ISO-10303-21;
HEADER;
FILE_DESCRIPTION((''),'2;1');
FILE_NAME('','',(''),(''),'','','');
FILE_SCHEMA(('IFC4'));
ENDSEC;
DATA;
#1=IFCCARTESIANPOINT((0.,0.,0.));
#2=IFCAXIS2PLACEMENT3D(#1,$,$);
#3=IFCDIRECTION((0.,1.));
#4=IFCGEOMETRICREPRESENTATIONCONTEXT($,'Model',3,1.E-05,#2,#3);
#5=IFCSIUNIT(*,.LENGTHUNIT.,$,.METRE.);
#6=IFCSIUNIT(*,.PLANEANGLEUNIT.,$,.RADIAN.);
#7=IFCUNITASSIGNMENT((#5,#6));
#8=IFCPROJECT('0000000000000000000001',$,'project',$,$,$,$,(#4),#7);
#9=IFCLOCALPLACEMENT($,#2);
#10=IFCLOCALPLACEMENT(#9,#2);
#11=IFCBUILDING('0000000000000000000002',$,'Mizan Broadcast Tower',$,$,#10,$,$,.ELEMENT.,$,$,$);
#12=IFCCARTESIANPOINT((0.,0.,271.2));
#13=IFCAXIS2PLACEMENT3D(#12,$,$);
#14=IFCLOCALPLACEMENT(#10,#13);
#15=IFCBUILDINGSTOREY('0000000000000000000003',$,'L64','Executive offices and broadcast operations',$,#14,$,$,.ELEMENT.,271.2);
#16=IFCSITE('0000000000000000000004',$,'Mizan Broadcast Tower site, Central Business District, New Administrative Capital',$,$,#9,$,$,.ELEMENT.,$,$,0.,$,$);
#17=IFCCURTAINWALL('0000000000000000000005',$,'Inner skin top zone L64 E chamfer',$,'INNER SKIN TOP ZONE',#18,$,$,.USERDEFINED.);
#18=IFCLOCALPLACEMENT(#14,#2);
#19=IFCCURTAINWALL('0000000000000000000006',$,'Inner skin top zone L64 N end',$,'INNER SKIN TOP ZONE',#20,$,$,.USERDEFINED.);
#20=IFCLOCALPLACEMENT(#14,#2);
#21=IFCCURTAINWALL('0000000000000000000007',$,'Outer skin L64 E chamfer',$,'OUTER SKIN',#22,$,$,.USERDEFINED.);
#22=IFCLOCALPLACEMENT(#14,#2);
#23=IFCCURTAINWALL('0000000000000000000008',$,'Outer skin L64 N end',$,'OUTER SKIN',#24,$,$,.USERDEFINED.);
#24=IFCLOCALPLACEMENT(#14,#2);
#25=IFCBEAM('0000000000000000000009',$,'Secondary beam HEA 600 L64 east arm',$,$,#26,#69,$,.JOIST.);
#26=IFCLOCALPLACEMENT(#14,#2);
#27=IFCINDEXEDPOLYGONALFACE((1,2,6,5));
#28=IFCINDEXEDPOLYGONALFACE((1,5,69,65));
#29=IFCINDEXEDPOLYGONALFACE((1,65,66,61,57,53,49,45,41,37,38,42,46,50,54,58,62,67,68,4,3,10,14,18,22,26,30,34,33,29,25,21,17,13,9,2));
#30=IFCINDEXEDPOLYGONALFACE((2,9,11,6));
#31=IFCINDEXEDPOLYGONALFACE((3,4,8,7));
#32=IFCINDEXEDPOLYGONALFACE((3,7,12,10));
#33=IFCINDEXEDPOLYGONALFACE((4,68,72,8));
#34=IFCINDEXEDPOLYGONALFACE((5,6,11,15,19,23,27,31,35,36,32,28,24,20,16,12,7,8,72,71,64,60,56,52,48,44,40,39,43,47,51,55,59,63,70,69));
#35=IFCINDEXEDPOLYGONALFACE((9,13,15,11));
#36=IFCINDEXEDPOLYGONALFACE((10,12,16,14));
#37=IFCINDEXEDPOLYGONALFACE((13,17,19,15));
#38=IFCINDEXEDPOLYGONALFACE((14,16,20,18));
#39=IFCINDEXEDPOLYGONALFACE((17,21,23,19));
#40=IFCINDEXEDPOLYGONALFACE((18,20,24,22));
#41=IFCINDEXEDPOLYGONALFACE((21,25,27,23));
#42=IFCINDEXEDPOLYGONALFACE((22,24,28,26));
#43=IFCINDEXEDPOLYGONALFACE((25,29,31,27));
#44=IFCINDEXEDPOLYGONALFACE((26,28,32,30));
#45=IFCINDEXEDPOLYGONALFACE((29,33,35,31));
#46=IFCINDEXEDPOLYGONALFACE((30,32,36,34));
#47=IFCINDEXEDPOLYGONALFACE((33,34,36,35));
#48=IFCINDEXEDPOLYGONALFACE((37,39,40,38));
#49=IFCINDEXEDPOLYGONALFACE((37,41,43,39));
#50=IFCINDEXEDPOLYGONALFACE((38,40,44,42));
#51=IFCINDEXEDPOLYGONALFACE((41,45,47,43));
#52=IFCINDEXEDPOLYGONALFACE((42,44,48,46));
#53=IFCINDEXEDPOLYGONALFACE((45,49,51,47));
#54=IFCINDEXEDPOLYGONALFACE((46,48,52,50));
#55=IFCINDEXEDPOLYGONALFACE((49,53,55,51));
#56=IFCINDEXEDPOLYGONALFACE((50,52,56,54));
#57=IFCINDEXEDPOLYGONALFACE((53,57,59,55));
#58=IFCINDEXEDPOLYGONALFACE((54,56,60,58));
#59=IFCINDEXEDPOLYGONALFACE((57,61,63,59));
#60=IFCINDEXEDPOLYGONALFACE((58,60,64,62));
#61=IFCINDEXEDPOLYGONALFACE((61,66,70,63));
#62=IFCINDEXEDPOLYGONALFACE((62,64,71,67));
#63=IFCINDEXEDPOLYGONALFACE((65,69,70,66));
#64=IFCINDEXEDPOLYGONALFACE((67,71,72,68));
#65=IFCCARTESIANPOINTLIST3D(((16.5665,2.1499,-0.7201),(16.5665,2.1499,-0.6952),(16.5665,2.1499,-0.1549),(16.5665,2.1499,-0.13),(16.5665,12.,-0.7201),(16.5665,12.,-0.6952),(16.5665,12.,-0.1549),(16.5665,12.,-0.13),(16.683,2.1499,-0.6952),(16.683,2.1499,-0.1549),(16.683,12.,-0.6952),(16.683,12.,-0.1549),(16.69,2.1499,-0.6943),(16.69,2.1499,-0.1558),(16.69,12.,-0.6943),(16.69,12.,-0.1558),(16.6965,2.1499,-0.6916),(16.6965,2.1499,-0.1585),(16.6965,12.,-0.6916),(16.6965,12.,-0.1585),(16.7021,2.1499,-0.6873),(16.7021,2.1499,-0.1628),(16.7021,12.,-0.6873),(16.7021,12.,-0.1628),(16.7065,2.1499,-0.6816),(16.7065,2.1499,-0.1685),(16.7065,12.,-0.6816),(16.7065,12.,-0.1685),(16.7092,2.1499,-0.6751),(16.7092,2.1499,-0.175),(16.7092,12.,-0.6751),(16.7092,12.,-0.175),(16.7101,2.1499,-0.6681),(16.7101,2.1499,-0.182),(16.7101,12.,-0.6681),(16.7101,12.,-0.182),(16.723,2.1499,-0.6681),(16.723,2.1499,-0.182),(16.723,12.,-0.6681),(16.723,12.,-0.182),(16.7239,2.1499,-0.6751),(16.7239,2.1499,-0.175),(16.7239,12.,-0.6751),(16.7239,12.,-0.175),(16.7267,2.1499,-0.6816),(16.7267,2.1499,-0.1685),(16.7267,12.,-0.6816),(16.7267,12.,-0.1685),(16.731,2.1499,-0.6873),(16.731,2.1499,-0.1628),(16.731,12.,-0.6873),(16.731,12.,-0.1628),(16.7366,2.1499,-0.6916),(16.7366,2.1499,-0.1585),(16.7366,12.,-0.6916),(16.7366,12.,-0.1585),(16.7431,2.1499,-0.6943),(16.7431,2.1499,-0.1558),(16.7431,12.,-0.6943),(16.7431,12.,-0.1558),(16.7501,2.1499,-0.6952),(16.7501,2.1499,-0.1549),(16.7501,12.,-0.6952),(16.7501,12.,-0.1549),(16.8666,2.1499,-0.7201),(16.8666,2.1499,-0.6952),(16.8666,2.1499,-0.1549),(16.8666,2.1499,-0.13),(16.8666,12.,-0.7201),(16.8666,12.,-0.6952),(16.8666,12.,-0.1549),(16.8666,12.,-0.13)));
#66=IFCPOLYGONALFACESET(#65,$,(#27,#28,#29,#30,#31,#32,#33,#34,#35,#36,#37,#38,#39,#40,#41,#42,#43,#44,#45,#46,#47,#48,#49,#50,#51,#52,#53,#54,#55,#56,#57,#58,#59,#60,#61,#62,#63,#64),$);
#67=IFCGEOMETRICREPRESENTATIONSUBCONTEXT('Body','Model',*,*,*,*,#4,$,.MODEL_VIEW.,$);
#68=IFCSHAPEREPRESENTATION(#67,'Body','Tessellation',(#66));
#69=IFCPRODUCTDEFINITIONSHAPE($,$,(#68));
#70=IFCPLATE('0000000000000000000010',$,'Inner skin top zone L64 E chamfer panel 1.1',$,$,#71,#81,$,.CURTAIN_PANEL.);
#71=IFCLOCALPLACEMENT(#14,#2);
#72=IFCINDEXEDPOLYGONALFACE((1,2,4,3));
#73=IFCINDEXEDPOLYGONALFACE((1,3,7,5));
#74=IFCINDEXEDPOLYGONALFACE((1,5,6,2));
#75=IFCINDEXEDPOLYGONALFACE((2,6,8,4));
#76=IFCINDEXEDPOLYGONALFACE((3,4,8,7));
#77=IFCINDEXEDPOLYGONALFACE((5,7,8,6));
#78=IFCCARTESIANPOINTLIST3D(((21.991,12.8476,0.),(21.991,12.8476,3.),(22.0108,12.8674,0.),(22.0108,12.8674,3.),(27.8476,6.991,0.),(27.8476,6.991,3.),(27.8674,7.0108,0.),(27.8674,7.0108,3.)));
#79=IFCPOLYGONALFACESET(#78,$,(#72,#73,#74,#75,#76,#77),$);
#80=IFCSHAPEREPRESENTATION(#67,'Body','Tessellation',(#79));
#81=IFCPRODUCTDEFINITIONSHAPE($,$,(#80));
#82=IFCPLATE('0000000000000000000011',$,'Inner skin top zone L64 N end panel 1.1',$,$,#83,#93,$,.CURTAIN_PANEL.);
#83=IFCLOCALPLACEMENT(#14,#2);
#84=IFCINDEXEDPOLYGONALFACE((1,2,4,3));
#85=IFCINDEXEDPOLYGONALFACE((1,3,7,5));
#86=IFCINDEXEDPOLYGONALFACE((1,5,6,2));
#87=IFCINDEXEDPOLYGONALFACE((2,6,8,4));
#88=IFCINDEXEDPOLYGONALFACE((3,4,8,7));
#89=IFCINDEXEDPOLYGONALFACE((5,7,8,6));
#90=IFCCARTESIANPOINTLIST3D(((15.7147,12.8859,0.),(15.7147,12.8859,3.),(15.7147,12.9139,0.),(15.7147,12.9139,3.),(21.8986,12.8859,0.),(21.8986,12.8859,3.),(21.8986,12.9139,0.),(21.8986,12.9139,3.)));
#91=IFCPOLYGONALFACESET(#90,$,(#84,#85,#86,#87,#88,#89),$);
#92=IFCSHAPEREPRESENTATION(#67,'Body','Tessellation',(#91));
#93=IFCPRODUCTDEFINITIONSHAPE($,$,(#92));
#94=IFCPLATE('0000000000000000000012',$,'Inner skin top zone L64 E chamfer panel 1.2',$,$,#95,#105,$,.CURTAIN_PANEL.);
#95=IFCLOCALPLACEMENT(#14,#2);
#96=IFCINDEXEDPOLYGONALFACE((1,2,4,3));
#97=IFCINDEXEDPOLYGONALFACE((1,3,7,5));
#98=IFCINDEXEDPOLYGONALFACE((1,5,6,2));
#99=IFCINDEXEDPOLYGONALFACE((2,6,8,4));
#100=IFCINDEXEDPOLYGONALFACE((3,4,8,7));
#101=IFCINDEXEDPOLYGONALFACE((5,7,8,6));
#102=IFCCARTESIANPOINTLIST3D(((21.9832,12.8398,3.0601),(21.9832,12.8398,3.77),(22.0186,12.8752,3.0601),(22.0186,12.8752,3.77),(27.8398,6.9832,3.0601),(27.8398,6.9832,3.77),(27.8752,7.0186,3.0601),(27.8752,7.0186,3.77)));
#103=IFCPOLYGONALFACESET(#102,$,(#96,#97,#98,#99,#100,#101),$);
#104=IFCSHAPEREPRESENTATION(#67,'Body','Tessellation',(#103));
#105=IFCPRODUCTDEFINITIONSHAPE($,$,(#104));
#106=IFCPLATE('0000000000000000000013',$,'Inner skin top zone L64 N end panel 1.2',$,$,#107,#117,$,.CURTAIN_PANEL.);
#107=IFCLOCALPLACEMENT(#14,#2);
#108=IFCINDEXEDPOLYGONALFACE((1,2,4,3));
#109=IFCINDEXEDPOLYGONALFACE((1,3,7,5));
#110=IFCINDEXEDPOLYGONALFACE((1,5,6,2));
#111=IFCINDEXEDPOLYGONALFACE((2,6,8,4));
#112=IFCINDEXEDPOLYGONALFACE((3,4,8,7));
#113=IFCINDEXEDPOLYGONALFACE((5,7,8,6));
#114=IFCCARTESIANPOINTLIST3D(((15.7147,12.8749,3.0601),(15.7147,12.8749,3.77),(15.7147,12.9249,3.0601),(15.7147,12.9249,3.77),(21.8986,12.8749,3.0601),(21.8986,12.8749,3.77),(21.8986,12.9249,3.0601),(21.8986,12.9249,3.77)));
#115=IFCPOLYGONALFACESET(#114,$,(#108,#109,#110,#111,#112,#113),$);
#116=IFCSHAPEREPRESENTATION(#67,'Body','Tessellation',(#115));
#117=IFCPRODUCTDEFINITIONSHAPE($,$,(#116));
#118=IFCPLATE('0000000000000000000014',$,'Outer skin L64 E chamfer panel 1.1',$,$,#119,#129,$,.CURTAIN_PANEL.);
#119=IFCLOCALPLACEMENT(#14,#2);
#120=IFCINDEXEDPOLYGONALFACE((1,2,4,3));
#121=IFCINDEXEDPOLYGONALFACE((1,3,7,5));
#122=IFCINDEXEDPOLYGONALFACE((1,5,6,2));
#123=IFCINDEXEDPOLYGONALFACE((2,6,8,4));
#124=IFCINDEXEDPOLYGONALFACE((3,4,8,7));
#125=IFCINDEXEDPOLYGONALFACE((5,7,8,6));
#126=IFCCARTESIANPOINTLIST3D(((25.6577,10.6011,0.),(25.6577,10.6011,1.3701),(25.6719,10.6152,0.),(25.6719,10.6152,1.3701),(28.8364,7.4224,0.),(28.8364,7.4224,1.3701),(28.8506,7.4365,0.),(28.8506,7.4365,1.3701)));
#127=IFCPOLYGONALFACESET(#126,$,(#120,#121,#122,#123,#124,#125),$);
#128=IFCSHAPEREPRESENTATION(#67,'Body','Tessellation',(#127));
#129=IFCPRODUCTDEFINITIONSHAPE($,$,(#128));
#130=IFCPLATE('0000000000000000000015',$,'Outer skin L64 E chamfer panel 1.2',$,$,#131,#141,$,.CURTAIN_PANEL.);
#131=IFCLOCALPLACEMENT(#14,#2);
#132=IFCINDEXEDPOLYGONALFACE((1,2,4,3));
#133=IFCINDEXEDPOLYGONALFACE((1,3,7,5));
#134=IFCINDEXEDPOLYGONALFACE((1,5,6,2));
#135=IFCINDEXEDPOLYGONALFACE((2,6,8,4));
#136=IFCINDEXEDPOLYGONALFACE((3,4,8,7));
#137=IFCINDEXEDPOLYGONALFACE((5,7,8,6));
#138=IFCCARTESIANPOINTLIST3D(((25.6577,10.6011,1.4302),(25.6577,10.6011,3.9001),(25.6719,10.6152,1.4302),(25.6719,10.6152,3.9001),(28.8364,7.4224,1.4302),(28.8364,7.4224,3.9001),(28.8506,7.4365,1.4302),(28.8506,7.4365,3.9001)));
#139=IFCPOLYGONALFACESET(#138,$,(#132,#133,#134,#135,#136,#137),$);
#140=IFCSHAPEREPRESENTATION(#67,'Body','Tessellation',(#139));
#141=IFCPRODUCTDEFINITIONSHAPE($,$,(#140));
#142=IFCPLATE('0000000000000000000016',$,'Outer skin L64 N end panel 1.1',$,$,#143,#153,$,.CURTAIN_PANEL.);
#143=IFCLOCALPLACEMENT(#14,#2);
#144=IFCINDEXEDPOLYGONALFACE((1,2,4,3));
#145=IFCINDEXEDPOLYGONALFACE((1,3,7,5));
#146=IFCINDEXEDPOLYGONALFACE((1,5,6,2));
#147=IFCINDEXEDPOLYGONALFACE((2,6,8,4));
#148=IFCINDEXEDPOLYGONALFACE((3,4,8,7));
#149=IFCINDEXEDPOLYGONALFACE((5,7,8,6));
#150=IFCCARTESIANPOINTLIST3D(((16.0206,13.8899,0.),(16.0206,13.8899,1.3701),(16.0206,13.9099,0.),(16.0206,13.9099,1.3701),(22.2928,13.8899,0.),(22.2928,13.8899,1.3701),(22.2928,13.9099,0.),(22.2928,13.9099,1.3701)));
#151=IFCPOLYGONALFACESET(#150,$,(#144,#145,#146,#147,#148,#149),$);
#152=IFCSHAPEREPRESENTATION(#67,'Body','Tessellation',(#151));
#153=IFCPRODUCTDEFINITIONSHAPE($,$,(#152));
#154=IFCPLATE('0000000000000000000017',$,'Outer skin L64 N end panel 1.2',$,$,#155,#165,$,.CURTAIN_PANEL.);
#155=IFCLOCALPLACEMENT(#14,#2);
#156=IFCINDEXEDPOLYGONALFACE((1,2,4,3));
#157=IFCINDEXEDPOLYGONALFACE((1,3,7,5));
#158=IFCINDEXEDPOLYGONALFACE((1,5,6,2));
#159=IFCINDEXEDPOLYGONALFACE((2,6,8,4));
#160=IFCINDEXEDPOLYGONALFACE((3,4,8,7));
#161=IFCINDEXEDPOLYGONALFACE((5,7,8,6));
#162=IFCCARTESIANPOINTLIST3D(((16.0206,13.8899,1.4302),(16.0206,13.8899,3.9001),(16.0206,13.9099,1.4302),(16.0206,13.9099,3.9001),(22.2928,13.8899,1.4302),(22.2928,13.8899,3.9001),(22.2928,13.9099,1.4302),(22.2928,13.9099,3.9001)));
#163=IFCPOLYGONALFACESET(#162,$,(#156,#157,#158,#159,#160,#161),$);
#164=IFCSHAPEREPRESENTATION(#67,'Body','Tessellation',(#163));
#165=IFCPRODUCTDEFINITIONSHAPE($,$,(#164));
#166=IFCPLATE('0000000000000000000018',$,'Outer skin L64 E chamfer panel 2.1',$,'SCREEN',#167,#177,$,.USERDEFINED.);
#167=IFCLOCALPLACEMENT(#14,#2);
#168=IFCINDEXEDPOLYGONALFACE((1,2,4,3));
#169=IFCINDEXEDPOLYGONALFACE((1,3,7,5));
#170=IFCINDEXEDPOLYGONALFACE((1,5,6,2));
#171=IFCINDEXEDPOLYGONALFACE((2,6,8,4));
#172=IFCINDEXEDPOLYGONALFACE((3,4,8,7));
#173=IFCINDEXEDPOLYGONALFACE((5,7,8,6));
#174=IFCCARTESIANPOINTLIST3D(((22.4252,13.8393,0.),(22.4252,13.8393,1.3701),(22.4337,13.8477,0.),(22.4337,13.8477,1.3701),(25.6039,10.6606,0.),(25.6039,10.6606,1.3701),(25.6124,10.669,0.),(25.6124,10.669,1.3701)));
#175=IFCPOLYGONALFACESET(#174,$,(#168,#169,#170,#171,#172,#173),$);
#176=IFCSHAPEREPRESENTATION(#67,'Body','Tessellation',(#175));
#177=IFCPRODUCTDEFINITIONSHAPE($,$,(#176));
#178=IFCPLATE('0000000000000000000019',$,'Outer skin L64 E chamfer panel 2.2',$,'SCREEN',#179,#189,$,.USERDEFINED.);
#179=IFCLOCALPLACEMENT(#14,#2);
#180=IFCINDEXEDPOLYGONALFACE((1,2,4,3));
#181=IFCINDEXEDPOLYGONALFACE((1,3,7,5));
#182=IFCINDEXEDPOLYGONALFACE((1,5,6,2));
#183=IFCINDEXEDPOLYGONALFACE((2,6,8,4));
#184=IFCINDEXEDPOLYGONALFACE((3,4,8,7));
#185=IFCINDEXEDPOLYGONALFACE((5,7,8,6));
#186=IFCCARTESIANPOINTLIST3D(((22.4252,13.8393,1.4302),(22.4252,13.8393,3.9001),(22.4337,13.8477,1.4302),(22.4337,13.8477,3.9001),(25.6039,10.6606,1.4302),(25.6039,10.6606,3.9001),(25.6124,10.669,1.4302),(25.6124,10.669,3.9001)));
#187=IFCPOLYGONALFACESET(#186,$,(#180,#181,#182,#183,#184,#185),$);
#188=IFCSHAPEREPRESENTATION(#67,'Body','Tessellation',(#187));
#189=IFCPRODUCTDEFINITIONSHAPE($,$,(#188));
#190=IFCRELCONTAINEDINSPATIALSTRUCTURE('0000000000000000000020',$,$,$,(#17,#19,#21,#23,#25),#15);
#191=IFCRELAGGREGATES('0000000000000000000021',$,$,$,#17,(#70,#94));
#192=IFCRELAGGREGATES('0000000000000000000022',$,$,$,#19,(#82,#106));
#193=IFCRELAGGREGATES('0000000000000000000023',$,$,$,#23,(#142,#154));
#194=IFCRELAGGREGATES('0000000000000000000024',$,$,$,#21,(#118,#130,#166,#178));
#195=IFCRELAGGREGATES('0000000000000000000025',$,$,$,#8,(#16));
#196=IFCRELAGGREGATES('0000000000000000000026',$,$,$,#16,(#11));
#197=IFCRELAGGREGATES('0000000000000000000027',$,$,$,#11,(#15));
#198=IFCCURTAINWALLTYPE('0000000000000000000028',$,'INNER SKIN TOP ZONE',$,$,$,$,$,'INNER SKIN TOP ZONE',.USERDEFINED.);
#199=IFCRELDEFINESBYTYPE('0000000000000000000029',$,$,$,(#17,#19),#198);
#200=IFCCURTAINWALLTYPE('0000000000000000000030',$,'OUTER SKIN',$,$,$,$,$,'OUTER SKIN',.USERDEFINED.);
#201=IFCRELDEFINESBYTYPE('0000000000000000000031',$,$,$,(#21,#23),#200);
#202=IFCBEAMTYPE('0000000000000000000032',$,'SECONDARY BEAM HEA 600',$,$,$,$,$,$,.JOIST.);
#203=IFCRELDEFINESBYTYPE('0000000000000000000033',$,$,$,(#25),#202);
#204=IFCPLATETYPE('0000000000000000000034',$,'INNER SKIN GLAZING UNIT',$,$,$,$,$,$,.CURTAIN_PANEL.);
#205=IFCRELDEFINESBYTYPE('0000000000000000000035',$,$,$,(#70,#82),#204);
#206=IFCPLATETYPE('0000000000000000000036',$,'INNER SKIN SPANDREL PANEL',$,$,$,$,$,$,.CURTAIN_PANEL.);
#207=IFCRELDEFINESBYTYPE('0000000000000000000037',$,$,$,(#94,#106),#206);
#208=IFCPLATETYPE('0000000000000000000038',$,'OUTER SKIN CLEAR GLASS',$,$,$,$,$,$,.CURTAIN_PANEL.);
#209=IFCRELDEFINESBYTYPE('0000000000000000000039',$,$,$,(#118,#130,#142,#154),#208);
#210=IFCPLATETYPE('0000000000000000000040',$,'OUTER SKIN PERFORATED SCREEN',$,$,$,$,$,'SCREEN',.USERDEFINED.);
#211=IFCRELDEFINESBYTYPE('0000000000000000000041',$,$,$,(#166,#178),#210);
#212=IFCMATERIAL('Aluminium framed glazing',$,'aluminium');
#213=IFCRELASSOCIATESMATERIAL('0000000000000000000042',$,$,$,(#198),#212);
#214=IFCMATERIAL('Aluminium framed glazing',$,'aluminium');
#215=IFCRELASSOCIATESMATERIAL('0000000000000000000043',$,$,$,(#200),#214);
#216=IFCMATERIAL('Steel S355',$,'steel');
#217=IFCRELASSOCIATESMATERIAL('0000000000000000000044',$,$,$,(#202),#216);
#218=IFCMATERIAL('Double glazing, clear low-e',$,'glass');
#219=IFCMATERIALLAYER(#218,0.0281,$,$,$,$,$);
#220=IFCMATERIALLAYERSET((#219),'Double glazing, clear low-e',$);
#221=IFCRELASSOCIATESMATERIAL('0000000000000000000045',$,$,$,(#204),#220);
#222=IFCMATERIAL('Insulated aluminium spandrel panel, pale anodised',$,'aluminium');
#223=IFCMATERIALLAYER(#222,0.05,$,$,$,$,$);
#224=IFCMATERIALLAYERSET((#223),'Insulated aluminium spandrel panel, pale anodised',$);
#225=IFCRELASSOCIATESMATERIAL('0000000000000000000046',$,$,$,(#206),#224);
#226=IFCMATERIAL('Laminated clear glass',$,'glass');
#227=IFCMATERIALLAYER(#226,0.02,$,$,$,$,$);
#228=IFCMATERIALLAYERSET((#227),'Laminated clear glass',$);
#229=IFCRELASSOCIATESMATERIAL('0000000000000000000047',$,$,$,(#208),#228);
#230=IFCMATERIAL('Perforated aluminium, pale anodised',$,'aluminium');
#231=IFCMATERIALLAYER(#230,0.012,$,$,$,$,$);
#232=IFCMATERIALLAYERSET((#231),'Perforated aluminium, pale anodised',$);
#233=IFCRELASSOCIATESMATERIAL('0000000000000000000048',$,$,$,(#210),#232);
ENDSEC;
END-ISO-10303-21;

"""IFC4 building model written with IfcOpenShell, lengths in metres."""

from ifc_helpers import new_model, si_unit, direction, frame, origin, origin_2d, place, context, subcontext, project, spatial, rectangle, i_section, extrude, material, layer, layer_set, material_profile, profile_set, type_object, element, aggregate, save


model = new_model("IFC4")

# Units and contexts
model_context = context("Model", 3, precision=1e-05, world=origin(), true_north=direction((0.0, 1.0)))
body_context = subcontext(model_context, "Body", "Model", "MODEL_VIEW")
ifc_project = project(units=[si_unit("LENGTHUNIT", "METRE"), si_unit("PLANEANGLEUNIT", "RADIAN")], contexts=[model_context])

# Site, building, storey
site_placement = place(None, origin())
site = spatial("IfcSite", under=ifc_project, at=site_placement, Name="Mizan Broadcast Tower site, Central Business District, New Administrative Capital", CompositionType="ELEMENT", RefElevation=0.0)
building_placement = place(site_placement, origin())
building = spatial("IfcBuilding", under=site, at=building_placement, Name="Mizan Broadcast Tower", CompositionType="ELEMENT")
storey_placement = place(building_placement, frame((0.0, 0.0, 271.2)))
storey = spatial("IfcBuildingStorey", under=building, at=storey_placement, Name="L64", Description="Executive offices and broadcast operations", CompositionType="ELEMENT", Elevation=271.2)

# Curtain wall
ifc_material_1 = material(Name="Aluminium framed glazing", Category="aluminium")
curtain_wall_type_1 = type_object("IfcCurtainWallType", Name="INNER SKIN TOP ZONE", ElementType="INNER SKIN TOP ZONE", PredefinedType="USERDEFINED", material=ifc_material_1)
curtain_wall_1_placement = place(storey_placement, origin())
curtain_wall_1 = element("IfcCurtainWall", 1, at=curtain_wall_1_placement, inside=storey, type_object=curtain_wall_type_1, Name="Inner skin top zone L64 E chamfer", ObjectType="INNER SKIN TOP ZONE", PredefinedType="USERDEFINED")

# Curtain walls
curtain_wall_2_placement = place(storey_placement, origin())
curtain_wall_2 = element("IfcCurtainWall", 2, at=curtain_wall_2_placement, inside=storey, type_object=curtain_wall_type_1, Name="Inner skin top zone L64 N end", ObjectType="INNER SKIN TOP ZONE", PredefinedType="USERDEFINED")
ifc_material_2 = material(Name="Aluminium framed glazing", Category="aluminium")
curtain_wall_type_2 = type_object("IfcCurtainWallType", Name="OUTER SKIN", ElementType="OUTER SKIN", PredefinedType="USERDEFINED", material=ifc_material_2)
curtain_wall_3_placement = place(storey_placement, origin())
curtain_wall_3 = element("IfcCurtainWall", 3, at=curtain_wall_3_placement, inside=storey, type_object=curtain_wall_type_2, Name="Outer skin L64 E chamfer", ObjectType="OUTER SKIN", PredefinedType="USERDEFINED")

# Curtain wall
curtain_wall_4_placement = place(storey_placement, origin())
curtain_wall_4 = element("IfcCurtainWall", 4, at=curtain_wall_4_placement, inside=storey, type_object=curtain_wall_type_2, Name="Outer skin L64 N end", ObjectType="OUTER SKIN", PredefinedType="USERDEFINED")

# Beam
ifc_material_3 = material(Name="Steel S355", Category="steel")
ifc_material_profile_1 = material_profile(ifc_material_3, i_section(OverallWidth=0.3, OverallDepth=0.5901, WebThickness=0.0129, FlangeThickness=0.0249, FilletRadius=0.0271, at=origin_2d()), Name="HEA 600")
ifc_profile_set_1 = profile_set([ifc_material_profile_1], Name="Steel S355")
beam_type_1 = type_object("IfcBeamType", Name="SECONDARY BEAM HEA 600", PredefinedType="JOIST", material=ifc_profile_set_1)
beam_1_placement = place(storey_placement, frame((16.7166, 12.0, -0.425), z_axis=(0.0, -1.0, 0.0), x_axis=(1.0, 0.0, 0.0)))
element("IfcBeam", 5, at=beam_1_placement, inside=storey, type_object=beam_type_1, Name="Secondary beam HEA 600 L64 east arm", PredefinedType="JOIST", context=body_context, shape_type="SweptSolid", body=[
    extrude(i_section(OverallWidth=0.3, OverallDepth=0.5901, WebThickness=0.0129, FlangeThickness=0.0249, FilletRadius=0.0271, at=origin_2d()), origin(), (0.0, 0.0, 1.0), 9.8501),
])

# Plates
ifc_material_4 = material(Name="Double glazing, clear low-e", Category="glass")
ifc_layer_1 = layer(ifc_material_4, 0.0281)
ifc_layer_set_1 = layer_set([ifc_layer_1], Name="Double glazing, clear low-e")
plate_type_1 = type_object("IfcPlateType", Name="INNER SKIN GLAZING UNIT", PredefinedType="CURTAIN_PANEL", material=ifc_layer_set_1)
plate_1_placement = place(storey_placement, frame((24.9292, 9.9292, 0.0), z_axis=(0.0, 0.0, 1.0), x_axis=(-0.707107, 0.707107, 0.0)))
plate_1 = element("IfcPlate", 6, at=plate_1_placement, type_object=plate_type_1, Name="Inner skin top zone L64 E chamfer panel 1.1", PredefinedType="CURTAIN_PANEL", context=body_context, shape_type="SweptSolid", body=[
    extrude(rectangle(XDim=8.2825, YDim=0.0281, at=origin_2d()), origin(), (0.0, 0.0, 1.0), 3.0),
])
plate_2_placement = place(storey_placement, frame((18.8066, 12.8999, 0.0), z_axis=(0.0, 0.0, 1.0), x_axis=(-1.0, 0.0, 0.0)))
plate_2 = element("IfcPlate", 7, at=plate_2_placement, type_object=plate_type_1, Name="Inner skin top zone L64 N end panel 1.1", PredefinedType="CURTAIN_PANEL", context=body_context, shape_type="SweptSolid", body=[
    extrude(rectangle(XDim=6.1838, YDim=0.0281, at=origin_2d()), origin(), (0.0, 0.0, 1.0), 3.0),
])
ifc_material_5 = material(Name="Insulated aluminium spandrel panel, pale anodised", Category="aluminium")
ifc_layer_2 = layer(ifc_material_5, 0.05)
ifc_layer_set_2 = layer_set([ifc_layer_2], Name="Insulated aluminium spandrel panel, pale anodised")
plate_type_2 = type_object("IfcPlateType", Name="INNER SKIN SPANDREL PANEL", PredefinedType="CURTAIN_PANEL", material=ifc_layer_set_2)
plate_3_placement = place(storey_placement, frame((24.9292, 9.9292, 3.0601), z_axis=(0.0, 0.0, 1.0), x_axis=(-0.707107, 0.707107, 0.0)))
plate_3 = element("IfcPlate", 8, at=plate_3_placement, type_object=plate_type_2, Name="Inner skin top zone L64 E chamfer panel 1.2", PredefinedType="CURTAIN_PANEL", context=body_context, shape_type="SweptSolid", body=[
    extrude(rectangle(XDim=8.2825, YDim=0.05, at=origin_2d()), origin(), (0.0, 0.0, 1.0), 0.71),
])
aggregate(curtain_wall_1, [plate_1, plate_3])
plate_4_placement = place(storey_placement, frame((18.8066, 12.8999, 3.0601), z_axis=(0.0, 0.0, 1.0), x_axis=(-1.0, 0.0, 0.0)))
plate_4 = element("IfcPlate", 9, at=plate_4_placement, type_object=plate_type_2, Name="Inner skin top zone L64 N end panel 1.2", PredefinedType="CURTAIN_PANEL", context=body_context, shape_type="SweptSolid", body=[
    extrude(rectangle(XDim=6.1838, YDim=0.05, at=origin_2d()), origin(), (0.0, 0.0, 1.0), 0.71),
])
aggregate(curtain_wall_2, [plate_2, plate_4])
ifc_material_6 = material(Name="Laminated clear glass", Category="glass")
ifc_layer_3 = layer(ifc_material_6, 0.02)
ifc_layer_set_3 = layer_set([ifc_layer_3], Name="Laminated clear glass")
plate_type_3 = type_object("IfcPlateType", Name="OUTER SKIN CLEAR GLASS", PredefinedType="CURTAIN_PANEL", material=ifc_layer_set_3)
plate_5_placement = place(storey_placement, frame((27.2542, 9.0188, 0.0), z_axis=(0.0, 0.0, 1.0), x_axis=(-0.707107, 0.707107, 0.0)))
plate_5 = element("IfcPlate", 10, at=plate_5_placement, type_object=plate_type_3, Name="Outer skin L64 E chamfer panel 1.1", PredefinedType="CURTAIN_PANEL", context=body_context, shape_type="SweptSolid", body=[
    extrude(rectangle(XDim=4.4954, YDim=0.02, at=origin_2d()), origin(), (0.0, 0.0, 1.0), 1.3701),
])
plate_6_placement = place(storey_placement, frame((27.2542, 9.0188, 1.4302), z_axis=(0.0, 0.0, 1.0), x_axis=(-0.707107, 0.707107, 0.0)))
plate_6 = element("IfcPlate", 11, at=plate_6_placement, type_object=plate_type_3, Name="Outer skin L64 E chamfer panel 1.2", PredefinedType="CURTAIN_PANEL", context=body_context, shape_type="SweptSolid", body=[
    extrude(rectangle(XDim=4.4954, YDim=0.02, at=origin_2d()), origin(), (0.0, 0.0, 1.0), 2.47),
])
plate_7_placement = place(storey_placement, frame((19.1567, 13.8999, 0.0), z_axis=(0.0, 0.0, 1.0), x_axis=(-1.0, 0.0, 0.0)))
plate_7 = element("IfcPlate", 12, at=plate_7_placement, type_object=plate_type_3, Name="Outer skin L64 N end panel 1.1", PredefinedType="CURTAIN_PANEL", context=body_context, shape_type="SweptSolid", body=[
    extrude(rectangle(XDim=6.2722, YDim=0.02, at=origin_2d()), origin(), (0.0, 0.0, 1.0), 1.3701),
])
plate_8_placement = place(storey_placement, frame((19.1567, 13.8999, 1.4302), z_axis=(0.0, 0.0, 1.0), x_axis=(-1.0, 0.0, 0.0)))
plate_8 = element("IfcPlate", 13, at=plate_8_placement, type_object=plate_type_3, Name="Outer skin L64 N end panel 1.2", PredefinedType="CURTAIN_PANEL", context=body_context, shape_type="SweptSolid", body=[
    extrude(rectangle(XDim=6.2722, YDim=0.02, at=origin_2d()), origin(), (0.0, 0.0, 1.0), 2.47),
])
aggregate(curtain_wall_4, [plate_7, plate_8])
ifc_material_7 = material(Name="Perforated aluminium, pale anodised", Category="aluminium")
ifc_layer_4 = layer(ifc_material_7, 0.012)
ifc_layer_set_4 = layer_set([ifc_layer_4], Name="Perforated aluminium, pale anodised")
plate_type_4 = type_object("IfcPlateType", Name="OUTER SKIN PERFORATED SCREEN", ElementType="SCREEN", PredefinedType="USERDEFINED", material=ifc_layer_set_4)
plate_9_placement = place(storey_placement, frame((24.0188, 12.2542, 0.0), z_axis=(0.0, 0.0, 1.0), x_axis=(-0.707107, 0.707107, 0.0)))
plate_9 = element("IfcPlate", 14, at=plate_9_placement, type_object=plate_type_4, Name="Outer skin L64 E chamfer panel 2.1", ObjectType="SCREEN", PredefinedType="USERDEFINED", context=body_context, shape_type="SweptSolid", body=[
    extrude(rectangle(XDim=4.4954, YDim=0.012, at=origin_2d()), origin(), (0.0, 0.0, 1.0), 1.3701),
])
plate_10_placement = place(storey_placement, frame((24.0188, 12.2542, 1.4302), z_axis=(0.0, 0.0, 1.0), x_axis=(-0.707107, 0.707107, 0.0)))
plate_10 = element("IfcPlate", 15, at=plate_10_placement, type_object=plate_type_4, Name="Outer skin L64 E chamfer panel 2.2", ObjectType="SCREEN", PredefinedType="USERDEFINED", context=body_context, shape_type="SweptSolid", body=[
    extrude(rectangle(XDim=4.4954, YDim=0.012, at=origin_2d()), origin(), (0.0, 0.0, 1.0), 2.47),
])
aggregate(curtain_wall_3, [plate_5, plate_6, plate_9, plate_10])

save(model, "model.ifc")
